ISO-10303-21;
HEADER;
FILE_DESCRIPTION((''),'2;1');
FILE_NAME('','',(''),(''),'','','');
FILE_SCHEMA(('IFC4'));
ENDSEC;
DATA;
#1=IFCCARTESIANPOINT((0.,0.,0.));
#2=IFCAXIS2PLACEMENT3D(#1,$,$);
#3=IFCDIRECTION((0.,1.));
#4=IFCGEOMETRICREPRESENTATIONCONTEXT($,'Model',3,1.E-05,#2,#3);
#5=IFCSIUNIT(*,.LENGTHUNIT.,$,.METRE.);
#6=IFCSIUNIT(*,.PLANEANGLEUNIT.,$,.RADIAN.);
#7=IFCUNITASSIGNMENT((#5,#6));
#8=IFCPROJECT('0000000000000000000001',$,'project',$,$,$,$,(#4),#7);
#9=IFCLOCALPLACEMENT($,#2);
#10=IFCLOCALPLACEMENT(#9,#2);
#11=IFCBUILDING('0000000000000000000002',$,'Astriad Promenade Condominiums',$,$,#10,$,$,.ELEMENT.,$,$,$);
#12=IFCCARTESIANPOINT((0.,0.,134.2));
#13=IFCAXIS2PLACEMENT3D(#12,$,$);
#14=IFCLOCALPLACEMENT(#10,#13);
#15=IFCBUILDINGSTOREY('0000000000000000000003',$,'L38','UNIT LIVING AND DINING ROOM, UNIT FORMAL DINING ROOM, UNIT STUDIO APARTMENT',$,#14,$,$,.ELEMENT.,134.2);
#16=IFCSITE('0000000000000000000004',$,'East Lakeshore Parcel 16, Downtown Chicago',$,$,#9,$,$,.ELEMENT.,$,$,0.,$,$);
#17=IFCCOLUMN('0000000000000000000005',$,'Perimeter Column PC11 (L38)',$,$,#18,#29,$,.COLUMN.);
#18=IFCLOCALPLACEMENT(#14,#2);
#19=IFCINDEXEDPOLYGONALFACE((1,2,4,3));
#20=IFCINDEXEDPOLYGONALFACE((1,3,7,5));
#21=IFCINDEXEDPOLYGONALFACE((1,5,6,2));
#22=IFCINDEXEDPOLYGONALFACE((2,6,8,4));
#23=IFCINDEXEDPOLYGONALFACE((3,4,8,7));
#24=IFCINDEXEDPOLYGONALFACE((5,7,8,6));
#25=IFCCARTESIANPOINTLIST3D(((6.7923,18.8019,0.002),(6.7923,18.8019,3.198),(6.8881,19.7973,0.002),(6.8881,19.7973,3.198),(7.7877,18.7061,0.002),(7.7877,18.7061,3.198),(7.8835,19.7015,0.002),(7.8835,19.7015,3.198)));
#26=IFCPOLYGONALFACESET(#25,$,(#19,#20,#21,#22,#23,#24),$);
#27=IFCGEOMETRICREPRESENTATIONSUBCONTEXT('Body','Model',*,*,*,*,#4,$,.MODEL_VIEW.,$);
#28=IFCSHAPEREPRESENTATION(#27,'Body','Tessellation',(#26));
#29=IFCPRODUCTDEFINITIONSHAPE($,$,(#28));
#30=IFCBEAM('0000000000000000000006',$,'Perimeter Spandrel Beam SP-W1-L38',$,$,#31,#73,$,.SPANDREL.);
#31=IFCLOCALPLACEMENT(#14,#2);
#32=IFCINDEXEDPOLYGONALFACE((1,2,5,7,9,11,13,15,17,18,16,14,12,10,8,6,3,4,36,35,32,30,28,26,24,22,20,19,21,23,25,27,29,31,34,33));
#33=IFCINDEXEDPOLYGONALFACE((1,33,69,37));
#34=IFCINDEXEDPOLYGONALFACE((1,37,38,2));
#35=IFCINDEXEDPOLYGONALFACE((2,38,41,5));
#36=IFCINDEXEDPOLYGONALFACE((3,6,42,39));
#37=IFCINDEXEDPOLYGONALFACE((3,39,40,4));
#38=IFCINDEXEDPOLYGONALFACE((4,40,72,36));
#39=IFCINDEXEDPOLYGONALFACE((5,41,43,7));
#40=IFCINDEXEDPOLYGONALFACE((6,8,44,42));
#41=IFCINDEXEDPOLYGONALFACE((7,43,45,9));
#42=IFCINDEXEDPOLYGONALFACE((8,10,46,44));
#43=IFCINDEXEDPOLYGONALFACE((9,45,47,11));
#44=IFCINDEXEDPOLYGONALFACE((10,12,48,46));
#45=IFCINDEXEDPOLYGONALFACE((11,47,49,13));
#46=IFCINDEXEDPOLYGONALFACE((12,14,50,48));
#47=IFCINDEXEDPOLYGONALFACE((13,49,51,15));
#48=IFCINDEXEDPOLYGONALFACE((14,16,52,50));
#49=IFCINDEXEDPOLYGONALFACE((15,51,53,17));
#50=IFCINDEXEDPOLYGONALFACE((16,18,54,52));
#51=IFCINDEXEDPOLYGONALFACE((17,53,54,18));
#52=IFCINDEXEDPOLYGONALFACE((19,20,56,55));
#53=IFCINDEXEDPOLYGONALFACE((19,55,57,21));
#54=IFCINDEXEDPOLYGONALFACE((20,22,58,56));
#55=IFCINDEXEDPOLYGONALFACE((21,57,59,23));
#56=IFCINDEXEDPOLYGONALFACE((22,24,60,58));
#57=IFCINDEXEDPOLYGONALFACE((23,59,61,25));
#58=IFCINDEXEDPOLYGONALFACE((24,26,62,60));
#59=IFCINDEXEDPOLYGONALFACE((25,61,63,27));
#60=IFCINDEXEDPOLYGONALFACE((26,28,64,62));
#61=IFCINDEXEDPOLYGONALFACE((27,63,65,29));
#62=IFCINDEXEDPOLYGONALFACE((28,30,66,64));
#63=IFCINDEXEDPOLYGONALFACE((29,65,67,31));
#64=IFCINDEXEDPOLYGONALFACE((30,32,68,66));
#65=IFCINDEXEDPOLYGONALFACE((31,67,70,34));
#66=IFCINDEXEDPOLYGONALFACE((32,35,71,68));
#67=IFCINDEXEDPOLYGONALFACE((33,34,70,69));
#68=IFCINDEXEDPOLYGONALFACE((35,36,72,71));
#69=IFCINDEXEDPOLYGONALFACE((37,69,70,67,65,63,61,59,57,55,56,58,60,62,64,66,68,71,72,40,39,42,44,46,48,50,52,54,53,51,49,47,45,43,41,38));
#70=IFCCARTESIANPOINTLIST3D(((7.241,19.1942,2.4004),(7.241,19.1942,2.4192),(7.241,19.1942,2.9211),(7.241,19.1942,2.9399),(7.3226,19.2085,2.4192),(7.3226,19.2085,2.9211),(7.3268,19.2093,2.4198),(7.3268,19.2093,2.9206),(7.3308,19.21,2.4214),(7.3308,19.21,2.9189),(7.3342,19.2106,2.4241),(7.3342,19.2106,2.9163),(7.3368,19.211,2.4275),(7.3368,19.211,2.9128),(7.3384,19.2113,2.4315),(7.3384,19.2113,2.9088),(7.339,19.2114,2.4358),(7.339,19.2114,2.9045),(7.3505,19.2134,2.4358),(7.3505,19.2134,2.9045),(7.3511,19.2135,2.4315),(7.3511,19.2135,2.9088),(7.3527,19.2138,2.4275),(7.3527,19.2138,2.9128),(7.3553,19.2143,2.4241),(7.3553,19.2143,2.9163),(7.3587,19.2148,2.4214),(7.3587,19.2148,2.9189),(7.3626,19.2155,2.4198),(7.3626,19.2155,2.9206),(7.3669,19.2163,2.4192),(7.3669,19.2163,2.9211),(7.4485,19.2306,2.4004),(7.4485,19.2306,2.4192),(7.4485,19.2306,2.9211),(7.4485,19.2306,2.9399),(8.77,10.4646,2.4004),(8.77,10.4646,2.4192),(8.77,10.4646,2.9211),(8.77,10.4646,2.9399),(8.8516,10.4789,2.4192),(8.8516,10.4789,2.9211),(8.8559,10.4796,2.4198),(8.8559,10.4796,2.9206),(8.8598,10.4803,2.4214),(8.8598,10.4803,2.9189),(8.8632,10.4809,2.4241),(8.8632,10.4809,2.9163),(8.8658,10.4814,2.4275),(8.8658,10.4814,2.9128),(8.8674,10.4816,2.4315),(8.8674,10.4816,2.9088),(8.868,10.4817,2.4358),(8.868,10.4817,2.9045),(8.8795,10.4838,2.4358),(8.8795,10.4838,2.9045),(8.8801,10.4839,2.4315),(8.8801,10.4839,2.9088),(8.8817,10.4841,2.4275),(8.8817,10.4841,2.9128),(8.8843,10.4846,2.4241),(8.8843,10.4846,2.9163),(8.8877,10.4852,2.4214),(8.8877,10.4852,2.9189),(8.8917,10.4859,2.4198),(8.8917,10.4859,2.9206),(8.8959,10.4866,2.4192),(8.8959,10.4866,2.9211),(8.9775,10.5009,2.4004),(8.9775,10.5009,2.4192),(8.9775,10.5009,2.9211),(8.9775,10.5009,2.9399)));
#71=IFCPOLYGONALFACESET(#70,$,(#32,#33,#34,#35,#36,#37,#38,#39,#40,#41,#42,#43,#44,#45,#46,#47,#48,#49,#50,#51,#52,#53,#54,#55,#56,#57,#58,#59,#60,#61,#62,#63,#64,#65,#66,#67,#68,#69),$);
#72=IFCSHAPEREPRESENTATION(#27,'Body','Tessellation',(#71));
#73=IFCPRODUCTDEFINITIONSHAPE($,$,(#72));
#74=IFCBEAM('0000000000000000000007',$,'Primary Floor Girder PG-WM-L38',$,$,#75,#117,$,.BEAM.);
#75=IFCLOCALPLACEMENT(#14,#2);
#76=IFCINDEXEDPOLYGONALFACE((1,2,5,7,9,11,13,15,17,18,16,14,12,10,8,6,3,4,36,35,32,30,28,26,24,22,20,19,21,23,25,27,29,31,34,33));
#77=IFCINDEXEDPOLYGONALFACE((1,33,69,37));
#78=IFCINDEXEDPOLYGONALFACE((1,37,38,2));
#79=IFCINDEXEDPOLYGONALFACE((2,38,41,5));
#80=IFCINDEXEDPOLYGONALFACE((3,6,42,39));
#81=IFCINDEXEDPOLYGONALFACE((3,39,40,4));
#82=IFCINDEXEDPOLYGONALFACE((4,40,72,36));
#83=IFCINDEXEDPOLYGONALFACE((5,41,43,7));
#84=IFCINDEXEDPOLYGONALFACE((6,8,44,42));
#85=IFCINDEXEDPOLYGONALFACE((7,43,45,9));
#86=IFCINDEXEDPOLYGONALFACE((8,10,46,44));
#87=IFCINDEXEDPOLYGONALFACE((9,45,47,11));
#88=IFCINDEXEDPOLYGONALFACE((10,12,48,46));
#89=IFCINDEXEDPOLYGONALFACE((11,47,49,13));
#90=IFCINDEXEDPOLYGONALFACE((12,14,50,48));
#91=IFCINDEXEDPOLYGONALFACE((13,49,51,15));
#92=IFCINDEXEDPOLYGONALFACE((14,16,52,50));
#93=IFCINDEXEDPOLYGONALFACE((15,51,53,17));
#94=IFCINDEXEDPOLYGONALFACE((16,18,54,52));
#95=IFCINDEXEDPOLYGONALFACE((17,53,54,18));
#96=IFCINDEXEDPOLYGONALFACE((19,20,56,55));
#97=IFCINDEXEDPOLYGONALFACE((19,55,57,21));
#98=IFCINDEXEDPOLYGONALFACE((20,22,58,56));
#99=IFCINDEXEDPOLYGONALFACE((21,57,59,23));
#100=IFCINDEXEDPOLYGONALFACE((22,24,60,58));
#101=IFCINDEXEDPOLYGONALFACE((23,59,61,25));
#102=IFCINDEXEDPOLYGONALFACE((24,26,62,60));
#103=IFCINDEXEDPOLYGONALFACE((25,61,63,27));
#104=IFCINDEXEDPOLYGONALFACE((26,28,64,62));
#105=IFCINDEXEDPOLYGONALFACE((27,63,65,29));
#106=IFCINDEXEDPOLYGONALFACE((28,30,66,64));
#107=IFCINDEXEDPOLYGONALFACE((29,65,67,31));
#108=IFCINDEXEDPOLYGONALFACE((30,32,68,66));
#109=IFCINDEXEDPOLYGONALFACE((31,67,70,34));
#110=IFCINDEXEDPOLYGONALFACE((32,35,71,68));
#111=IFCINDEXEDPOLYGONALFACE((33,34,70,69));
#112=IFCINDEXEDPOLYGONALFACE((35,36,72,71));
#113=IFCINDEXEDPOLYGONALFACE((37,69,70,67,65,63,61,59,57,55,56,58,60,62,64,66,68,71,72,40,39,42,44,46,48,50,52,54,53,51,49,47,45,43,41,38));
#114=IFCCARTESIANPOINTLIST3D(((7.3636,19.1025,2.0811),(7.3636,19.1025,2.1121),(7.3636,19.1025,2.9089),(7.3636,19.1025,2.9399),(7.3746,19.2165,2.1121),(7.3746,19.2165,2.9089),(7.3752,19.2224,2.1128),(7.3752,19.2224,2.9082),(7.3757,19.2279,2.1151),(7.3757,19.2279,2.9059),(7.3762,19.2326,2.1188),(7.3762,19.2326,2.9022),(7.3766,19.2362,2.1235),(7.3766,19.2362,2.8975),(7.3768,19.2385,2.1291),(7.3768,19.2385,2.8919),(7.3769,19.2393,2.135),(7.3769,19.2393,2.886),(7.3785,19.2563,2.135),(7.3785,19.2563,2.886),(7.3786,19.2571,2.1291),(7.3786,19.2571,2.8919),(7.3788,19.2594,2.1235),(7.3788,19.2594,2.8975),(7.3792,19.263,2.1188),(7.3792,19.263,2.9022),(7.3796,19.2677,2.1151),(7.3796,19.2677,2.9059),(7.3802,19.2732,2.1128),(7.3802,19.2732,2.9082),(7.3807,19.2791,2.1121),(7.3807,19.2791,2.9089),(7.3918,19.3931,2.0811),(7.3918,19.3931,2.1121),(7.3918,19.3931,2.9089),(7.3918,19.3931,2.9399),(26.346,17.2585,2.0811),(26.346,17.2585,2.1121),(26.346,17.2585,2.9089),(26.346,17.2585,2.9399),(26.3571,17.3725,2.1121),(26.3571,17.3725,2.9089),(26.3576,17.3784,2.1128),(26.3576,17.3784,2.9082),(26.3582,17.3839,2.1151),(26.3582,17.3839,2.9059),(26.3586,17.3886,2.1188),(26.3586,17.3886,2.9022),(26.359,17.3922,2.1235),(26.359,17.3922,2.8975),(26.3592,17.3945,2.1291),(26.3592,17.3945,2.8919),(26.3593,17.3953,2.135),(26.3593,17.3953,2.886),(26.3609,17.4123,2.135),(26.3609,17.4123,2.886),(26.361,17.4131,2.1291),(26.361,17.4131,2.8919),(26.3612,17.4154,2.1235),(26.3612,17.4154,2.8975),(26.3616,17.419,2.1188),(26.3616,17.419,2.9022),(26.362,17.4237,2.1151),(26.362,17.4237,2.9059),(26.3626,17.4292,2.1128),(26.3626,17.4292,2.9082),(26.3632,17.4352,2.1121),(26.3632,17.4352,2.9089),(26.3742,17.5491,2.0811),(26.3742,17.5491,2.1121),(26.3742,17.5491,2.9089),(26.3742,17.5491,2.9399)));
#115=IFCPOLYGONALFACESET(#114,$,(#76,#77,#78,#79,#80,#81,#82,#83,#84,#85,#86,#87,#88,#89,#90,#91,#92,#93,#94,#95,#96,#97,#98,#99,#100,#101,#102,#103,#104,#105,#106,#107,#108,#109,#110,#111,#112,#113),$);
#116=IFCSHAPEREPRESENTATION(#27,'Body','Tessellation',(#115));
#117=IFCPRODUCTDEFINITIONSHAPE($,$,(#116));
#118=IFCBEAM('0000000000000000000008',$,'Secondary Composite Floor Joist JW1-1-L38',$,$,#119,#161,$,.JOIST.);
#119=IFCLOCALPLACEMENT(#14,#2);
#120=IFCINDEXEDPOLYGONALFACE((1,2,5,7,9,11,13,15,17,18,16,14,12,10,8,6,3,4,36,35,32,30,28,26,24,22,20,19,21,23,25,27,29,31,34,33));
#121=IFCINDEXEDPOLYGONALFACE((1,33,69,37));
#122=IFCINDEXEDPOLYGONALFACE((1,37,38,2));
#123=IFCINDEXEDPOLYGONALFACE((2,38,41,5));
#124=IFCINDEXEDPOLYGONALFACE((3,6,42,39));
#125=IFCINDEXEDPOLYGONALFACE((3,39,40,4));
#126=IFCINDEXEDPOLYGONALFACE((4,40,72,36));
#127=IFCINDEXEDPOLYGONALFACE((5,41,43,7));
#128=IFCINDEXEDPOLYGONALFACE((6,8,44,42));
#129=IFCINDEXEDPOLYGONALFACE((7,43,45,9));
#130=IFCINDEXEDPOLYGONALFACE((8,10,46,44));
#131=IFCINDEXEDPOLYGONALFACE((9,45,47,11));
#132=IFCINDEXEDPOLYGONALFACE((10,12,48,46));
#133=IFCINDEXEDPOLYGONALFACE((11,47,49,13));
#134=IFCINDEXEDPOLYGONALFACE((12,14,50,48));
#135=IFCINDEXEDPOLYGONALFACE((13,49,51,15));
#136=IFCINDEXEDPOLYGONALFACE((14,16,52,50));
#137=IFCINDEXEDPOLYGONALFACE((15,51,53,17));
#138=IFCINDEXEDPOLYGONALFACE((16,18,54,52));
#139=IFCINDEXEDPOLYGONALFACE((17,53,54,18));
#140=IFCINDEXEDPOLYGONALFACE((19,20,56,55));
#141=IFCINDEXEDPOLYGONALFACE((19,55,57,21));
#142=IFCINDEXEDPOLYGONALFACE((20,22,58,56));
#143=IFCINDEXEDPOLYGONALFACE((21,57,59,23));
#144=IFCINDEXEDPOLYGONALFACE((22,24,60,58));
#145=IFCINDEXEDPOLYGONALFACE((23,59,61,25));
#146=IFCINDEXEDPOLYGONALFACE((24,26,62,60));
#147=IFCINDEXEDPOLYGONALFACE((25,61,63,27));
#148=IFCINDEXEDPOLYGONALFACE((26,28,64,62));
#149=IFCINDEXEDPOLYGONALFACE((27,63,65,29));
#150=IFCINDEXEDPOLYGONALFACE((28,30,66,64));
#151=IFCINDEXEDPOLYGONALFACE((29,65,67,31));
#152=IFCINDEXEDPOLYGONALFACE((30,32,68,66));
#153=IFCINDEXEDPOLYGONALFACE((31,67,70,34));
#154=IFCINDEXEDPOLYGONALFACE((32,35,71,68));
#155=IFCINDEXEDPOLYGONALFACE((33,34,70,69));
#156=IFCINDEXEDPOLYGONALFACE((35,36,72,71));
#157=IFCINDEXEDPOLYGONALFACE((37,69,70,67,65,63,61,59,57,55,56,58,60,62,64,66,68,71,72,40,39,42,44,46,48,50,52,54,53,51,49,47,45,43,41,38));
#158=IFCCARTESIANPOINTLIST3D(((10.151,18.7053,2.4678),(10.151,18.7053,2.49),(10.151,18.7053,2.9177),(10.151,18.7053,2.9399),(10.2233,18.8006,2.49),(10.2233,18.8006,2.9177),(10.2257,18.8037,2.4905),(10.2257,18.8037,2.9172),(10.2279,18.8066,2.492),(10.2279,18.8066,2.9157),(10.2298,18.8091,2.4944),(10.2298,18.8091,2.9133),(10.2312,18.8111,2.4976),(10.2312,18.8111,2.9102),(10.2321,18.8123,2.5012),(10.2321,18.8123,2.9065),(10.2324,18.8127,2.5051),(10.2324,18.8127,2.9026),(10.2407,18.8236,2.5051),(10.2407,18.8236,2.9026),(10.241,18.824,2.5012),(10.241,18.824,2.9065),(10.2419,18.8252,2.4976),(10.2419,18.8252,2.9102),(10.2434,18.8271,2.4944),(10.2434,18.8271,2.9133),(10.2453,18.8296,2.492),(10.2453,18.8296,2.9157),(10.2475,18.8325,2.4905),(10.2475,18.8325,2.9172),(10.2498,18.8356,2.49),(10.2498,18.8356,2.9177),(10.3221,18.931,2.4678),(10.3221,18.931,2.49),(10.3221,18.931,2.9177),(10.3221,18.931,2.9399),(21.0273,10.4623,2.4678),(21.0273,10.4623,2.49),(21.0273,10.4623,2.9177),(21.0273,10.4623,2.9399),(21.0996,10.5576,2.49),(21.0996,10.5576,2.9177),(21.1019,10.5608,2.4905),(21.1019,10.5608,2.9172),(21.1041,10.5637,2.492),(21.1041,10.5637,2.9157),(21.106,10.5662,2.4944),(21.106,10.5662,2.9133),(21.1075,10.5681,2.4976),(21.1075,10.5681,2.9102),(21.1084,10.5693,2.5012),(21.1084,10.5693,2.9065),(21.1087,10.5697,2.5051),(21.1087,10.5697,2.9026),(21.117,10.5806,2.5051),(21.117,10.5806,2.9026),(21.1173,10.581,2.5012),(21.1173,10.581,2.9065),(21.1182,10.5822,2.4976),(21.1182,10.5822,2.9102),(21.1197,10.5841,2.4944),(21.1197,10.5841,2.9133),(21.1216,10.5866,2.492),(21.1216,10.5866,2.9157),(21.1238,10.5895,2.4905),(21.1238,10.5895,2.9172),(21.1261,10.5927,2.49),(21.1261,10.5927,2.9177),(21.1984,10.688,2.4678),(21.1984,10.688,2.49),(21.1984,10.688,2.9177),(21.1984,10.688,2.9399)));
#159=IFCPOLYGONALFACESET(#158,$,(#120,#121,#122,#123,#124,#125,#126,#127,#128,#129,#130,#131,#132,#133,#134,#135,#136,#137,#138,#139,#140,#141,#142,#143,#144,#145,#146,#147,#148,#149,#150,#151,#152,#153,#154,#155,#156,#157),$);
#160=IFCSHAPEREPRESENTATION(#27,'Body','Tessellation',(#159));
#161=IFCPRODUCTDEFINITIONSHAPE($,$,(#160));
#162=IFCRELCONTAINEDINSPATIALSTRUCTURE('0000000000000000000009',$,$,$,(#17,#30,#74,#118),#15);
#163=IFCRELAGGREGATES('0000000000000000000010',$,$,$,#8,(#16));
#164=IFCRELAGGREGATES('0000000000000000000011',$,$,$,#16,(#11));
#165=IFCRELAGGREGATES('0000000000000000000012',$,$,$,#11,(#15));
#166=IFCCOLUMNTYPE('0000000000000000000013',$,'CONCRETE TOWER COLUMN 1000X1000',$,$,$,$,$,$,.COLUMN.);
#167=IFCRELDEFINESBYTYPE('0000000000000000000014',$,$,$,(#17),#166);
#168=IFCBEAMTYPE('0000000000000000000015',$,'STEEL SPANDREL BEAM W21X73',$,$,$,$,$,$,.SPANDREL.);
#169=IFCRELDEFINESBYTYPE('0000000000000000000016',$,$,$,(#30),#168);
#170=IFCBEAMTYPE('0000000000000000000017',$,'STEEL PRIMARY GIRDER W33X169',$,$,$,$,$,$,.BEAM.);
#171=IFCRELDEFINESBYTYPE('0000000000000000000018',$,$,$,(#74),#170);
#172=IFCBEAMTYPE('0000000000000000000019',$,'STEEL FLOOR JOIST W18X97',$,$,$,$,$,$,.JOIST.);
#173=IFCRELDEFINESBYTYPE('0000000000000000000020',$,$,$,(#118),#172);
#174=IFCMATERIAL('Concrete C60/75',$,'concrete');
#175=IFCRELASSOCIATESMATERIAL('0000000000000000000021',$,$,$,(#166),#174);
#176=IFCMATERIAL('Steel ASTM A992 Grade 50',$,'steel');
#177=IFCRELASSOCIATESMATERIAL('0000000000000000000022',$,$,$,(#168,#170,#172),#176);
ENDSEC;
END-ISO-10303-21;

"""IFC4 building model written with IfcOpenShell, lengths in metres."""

from ifc_helpers import new_model, si_unit, direction, frame, origin, origin_2d, place, context, subcontext, project, spatial, rectangle, i_section, extrude, source, transform, mapped, material, material_profile, profile_set, type_object, type_shapes, element, save


model = new_model("IFC4")

# Units and contexts
model_context = context("Model", 3, precision=1e-05, world=origin(), true_north=direction((0.0, 1.0)))
body_context = subcontext(model_context, "Body", "Model", "MODEL_VIEW")
ifc_project = project(units=[si_unit("LENGTHUNIT", "METRE"), si_unit("PLANEANGLEUNIT", "RADIAN")], contexts=[model_context])

# Site, building, storey
site_placement = place(None, origin())
site = spatial("IfcSite", under=ifc_project, at=site_placement, Name="East Lakeshore Parcel 16, Downtown Chicago", CompositionType="ELEMENT", RefElevation=0.0)
building_placement = place(site_placement, origin())
building = spatial("IfcBuilding", under=site, at=building_placement, Name="Astriad Promenade Condominiums", CompositionType="ELEMENT")
storey_placement = place(building_placement, frame((0.0, 0.0, 134.2)))
storey = spatial("IfcBuildingStorey", under=building, at=storey_placement, Name="L38", Description="UNIT LIVING AND DINING ROOM, UNIT FORMAL DINING ROOM, UNIT STUDIO APARTMENT", CompositionType="ELEMENT", Elevation=134.2)

# Column
ifc_material_1 = material(Name="Concrete C60/75", Category="concrete")
ifc_material_profile_1 = material_profile(ifc_material_1, rectangle(XDim=1.0, YDim=1.0, at=origin_2d()), Name="RC-COL-1000X1000")
ifc_profile_set_1 = profile_set([ifc_material_profile_1], Name="Concrete C60/75")
column_type = type_object("IfcColumnType", Name="CONCRETE TOWER COLUMN 1000X1000", PredefinedType="COLUMN", material=ifc_profile_set_1)
shared_shape_1 = source(origin(), body_context, "Body", "SweptSolid", [
    extrude(rectangle(XDim=1.0, YDim=1.0, at=origin_2d()), origin(), (0.0, 0.0, 1.0), 3.196),
])
type_shapes(column_type, [shared_shape_1])
column_placement = place(storey_placement, frame((7.3379, 19.2517, 0.002), z_axis=(0.0, 0.0, 1.0), x_axis=(0.995396, -0.095846, 0.0)))
element("IfcColumn", 1, at=column_placement, inside=storey, type_object=column_type, Name="Perimeter Column PC11 (L38)", PredefinedType="COLUMN", context=body_context, shape_type="MappedRepresentation", body=[
    mapped(shared_shape_1, transform((0.0, 0.0, 0.0), scale=1.0)),
])

# Beams
ifc_material_2 = material(Name="Steel ASTM A992 Grade 50", Category="steel")
ifc_material_profile_2 = material_profile(ifc_material_2, i_section(OverallWidth=0.2107, OverallDepth=0.5396, WebThickness=0.0117, FlangeThickness=0.0188, FilletRadius=0.0166, at=origin_2d()), Name="W21X73")
ifc_profile_set_2 = profile_set([ifc_material_profile_2], Name="Steel ASTM A992 Grade 50")
beam_type_1 = type_object("IfcBeamType", Name="STEEL SPANDREL BEAM W21X73", PredefinedType="SPANDREL", material=ifc_profile_set_2)
shared_shape_2 = source(origin(), body_context, "Body", "SweptSolid", [
    extrude(i_section(OverallWidth=0.2107, OverallDepth=0.5396, WebThickness=0.0117, FlangeThickness=0.0188, FilletRadius=0.0166, at=origin_2d()), origin(), (0.0, 0.0, 1.0), 8.8625),
])
type_shapes(beam_type_1, [shared_shape_2])
beam_1_placement = place(storey_placement, frame((7.3447, 19.2124, 2.6702), z_axis=(0.172528, -0.985005, 0.0), x_axis=(0.985005, 0.172528, 0.0)))
element("IfcBeam", 2, at=beam_1_placement, inside=storey, type_object=beam_type_1, Name="Perimeter Spandrel Beam SP-W1-L38", PredefinedType="SPANDREL", context=body_context, shape_type="MappedRepresentation", body=[
    mapped(shared_shape_2, transform((0.0, 0.0, 0.0), scale=1.0)),
])
ifc_material_profile_3 = material_profile(ifc_material_2, i_section(OverallWidth=0.292, OverallDepth=0.8589, WebThickness=0.0171, FlangeThickness=0.031, FilletRadius=0.0229, at=origin_2d()), Name="W33X169")
ifc_profile_set_3 = profile_set([ifc_material_profile_3], Name="Steel ASTM A992 Grade 50")
beam_type_2 = type_object("IfcBeamType", Name="STEEL PRIMARY GIRDER W33X169", PredefinedType="BEAM", material=ifc_profile_set_3)
shared_shape_3 = source(origin(), body_context, "Body", "SweptSolid", [
    extrude(i_section(OverallWidth=0.292, OverallDepth=0.8589, WebThickness=0.0171, FlangeThickness=0.031, FilletRadius=0.0229, at=origin_2d()), origin(), (0.0, 0.0, 1.0), 19.0718),
])
type_shapes(beam_type_2, [shared_shape_3])
beam_2_placement = place(storey_placement, frame((7.3777, 19.2478, 2.5105), z_axis=(0.995315, -0.096687, 0.0), x_axis=(0.096687, 0.995315, 0.0)))
element("IfcBeam", 3, at=beam_2_placement, inside=storey, type_object=beam_type_2, Name="Primary Floor Girder PG-WM-L38", PredefinedType="BEAM", context=body_context, shape_type="MappedRepresentation", body=[
    mapped(shared_shape_3, transform((0.0, 0.0, 0.0), scale=1.0)),
])
ifc_material_profile_4 = material_profile(ifc_material_2, i_section(OverallWidth=0.2832, OverallDepth=0.4722, WebThickness=0.0137, FlangeThickness=0.0222, FilletRadius=0.0151, at=origin_2d()), Name="W18X97")
ifc_profile_set_4 = profile_set([ifc_material_profile_4], Name="Steel ASTM A992 Grade 50")
beam_type_3 = type_object("IfcBeamType", Name="STEEL FLOOR JOIST W18X97", PredefinedType="JOIST", material=ifc_profile_set_4)
shared_shape_4 = source(origin(), body_context, "Body", "SweptSolid", [
    extrude(i_section(OverallWidth=0.2832, OverallDepth=0.4722, WebThickness=0.0137, FlangeThickness=0.0222, FilletRadius=0.0151, at=origin_2d()), origin(), (0.0, 0.0, 1.0), 13.647),
])
beam_3_placement = place(storey_placement, frame((10.2366, 18.8181, 2.7039), z_axis=(0.796974, -0.604014, 0.0), x_axis=(0.604014, 0.796974, 0.0)))
element("IfcBeam", 4, at=beam_3_placement, inside=storey, type_object=beam_type_3, Name="Secondary Composite Floor Joist JW1-1-L38", PredefinedType="JOIST", context=body_context, shape_type="MappedRepresentation", body=[
    mapped(shared_shape_4, transform((0.0, 0.0, 0.0), scale=1.0)),
])

save(model, "model.ifc")
